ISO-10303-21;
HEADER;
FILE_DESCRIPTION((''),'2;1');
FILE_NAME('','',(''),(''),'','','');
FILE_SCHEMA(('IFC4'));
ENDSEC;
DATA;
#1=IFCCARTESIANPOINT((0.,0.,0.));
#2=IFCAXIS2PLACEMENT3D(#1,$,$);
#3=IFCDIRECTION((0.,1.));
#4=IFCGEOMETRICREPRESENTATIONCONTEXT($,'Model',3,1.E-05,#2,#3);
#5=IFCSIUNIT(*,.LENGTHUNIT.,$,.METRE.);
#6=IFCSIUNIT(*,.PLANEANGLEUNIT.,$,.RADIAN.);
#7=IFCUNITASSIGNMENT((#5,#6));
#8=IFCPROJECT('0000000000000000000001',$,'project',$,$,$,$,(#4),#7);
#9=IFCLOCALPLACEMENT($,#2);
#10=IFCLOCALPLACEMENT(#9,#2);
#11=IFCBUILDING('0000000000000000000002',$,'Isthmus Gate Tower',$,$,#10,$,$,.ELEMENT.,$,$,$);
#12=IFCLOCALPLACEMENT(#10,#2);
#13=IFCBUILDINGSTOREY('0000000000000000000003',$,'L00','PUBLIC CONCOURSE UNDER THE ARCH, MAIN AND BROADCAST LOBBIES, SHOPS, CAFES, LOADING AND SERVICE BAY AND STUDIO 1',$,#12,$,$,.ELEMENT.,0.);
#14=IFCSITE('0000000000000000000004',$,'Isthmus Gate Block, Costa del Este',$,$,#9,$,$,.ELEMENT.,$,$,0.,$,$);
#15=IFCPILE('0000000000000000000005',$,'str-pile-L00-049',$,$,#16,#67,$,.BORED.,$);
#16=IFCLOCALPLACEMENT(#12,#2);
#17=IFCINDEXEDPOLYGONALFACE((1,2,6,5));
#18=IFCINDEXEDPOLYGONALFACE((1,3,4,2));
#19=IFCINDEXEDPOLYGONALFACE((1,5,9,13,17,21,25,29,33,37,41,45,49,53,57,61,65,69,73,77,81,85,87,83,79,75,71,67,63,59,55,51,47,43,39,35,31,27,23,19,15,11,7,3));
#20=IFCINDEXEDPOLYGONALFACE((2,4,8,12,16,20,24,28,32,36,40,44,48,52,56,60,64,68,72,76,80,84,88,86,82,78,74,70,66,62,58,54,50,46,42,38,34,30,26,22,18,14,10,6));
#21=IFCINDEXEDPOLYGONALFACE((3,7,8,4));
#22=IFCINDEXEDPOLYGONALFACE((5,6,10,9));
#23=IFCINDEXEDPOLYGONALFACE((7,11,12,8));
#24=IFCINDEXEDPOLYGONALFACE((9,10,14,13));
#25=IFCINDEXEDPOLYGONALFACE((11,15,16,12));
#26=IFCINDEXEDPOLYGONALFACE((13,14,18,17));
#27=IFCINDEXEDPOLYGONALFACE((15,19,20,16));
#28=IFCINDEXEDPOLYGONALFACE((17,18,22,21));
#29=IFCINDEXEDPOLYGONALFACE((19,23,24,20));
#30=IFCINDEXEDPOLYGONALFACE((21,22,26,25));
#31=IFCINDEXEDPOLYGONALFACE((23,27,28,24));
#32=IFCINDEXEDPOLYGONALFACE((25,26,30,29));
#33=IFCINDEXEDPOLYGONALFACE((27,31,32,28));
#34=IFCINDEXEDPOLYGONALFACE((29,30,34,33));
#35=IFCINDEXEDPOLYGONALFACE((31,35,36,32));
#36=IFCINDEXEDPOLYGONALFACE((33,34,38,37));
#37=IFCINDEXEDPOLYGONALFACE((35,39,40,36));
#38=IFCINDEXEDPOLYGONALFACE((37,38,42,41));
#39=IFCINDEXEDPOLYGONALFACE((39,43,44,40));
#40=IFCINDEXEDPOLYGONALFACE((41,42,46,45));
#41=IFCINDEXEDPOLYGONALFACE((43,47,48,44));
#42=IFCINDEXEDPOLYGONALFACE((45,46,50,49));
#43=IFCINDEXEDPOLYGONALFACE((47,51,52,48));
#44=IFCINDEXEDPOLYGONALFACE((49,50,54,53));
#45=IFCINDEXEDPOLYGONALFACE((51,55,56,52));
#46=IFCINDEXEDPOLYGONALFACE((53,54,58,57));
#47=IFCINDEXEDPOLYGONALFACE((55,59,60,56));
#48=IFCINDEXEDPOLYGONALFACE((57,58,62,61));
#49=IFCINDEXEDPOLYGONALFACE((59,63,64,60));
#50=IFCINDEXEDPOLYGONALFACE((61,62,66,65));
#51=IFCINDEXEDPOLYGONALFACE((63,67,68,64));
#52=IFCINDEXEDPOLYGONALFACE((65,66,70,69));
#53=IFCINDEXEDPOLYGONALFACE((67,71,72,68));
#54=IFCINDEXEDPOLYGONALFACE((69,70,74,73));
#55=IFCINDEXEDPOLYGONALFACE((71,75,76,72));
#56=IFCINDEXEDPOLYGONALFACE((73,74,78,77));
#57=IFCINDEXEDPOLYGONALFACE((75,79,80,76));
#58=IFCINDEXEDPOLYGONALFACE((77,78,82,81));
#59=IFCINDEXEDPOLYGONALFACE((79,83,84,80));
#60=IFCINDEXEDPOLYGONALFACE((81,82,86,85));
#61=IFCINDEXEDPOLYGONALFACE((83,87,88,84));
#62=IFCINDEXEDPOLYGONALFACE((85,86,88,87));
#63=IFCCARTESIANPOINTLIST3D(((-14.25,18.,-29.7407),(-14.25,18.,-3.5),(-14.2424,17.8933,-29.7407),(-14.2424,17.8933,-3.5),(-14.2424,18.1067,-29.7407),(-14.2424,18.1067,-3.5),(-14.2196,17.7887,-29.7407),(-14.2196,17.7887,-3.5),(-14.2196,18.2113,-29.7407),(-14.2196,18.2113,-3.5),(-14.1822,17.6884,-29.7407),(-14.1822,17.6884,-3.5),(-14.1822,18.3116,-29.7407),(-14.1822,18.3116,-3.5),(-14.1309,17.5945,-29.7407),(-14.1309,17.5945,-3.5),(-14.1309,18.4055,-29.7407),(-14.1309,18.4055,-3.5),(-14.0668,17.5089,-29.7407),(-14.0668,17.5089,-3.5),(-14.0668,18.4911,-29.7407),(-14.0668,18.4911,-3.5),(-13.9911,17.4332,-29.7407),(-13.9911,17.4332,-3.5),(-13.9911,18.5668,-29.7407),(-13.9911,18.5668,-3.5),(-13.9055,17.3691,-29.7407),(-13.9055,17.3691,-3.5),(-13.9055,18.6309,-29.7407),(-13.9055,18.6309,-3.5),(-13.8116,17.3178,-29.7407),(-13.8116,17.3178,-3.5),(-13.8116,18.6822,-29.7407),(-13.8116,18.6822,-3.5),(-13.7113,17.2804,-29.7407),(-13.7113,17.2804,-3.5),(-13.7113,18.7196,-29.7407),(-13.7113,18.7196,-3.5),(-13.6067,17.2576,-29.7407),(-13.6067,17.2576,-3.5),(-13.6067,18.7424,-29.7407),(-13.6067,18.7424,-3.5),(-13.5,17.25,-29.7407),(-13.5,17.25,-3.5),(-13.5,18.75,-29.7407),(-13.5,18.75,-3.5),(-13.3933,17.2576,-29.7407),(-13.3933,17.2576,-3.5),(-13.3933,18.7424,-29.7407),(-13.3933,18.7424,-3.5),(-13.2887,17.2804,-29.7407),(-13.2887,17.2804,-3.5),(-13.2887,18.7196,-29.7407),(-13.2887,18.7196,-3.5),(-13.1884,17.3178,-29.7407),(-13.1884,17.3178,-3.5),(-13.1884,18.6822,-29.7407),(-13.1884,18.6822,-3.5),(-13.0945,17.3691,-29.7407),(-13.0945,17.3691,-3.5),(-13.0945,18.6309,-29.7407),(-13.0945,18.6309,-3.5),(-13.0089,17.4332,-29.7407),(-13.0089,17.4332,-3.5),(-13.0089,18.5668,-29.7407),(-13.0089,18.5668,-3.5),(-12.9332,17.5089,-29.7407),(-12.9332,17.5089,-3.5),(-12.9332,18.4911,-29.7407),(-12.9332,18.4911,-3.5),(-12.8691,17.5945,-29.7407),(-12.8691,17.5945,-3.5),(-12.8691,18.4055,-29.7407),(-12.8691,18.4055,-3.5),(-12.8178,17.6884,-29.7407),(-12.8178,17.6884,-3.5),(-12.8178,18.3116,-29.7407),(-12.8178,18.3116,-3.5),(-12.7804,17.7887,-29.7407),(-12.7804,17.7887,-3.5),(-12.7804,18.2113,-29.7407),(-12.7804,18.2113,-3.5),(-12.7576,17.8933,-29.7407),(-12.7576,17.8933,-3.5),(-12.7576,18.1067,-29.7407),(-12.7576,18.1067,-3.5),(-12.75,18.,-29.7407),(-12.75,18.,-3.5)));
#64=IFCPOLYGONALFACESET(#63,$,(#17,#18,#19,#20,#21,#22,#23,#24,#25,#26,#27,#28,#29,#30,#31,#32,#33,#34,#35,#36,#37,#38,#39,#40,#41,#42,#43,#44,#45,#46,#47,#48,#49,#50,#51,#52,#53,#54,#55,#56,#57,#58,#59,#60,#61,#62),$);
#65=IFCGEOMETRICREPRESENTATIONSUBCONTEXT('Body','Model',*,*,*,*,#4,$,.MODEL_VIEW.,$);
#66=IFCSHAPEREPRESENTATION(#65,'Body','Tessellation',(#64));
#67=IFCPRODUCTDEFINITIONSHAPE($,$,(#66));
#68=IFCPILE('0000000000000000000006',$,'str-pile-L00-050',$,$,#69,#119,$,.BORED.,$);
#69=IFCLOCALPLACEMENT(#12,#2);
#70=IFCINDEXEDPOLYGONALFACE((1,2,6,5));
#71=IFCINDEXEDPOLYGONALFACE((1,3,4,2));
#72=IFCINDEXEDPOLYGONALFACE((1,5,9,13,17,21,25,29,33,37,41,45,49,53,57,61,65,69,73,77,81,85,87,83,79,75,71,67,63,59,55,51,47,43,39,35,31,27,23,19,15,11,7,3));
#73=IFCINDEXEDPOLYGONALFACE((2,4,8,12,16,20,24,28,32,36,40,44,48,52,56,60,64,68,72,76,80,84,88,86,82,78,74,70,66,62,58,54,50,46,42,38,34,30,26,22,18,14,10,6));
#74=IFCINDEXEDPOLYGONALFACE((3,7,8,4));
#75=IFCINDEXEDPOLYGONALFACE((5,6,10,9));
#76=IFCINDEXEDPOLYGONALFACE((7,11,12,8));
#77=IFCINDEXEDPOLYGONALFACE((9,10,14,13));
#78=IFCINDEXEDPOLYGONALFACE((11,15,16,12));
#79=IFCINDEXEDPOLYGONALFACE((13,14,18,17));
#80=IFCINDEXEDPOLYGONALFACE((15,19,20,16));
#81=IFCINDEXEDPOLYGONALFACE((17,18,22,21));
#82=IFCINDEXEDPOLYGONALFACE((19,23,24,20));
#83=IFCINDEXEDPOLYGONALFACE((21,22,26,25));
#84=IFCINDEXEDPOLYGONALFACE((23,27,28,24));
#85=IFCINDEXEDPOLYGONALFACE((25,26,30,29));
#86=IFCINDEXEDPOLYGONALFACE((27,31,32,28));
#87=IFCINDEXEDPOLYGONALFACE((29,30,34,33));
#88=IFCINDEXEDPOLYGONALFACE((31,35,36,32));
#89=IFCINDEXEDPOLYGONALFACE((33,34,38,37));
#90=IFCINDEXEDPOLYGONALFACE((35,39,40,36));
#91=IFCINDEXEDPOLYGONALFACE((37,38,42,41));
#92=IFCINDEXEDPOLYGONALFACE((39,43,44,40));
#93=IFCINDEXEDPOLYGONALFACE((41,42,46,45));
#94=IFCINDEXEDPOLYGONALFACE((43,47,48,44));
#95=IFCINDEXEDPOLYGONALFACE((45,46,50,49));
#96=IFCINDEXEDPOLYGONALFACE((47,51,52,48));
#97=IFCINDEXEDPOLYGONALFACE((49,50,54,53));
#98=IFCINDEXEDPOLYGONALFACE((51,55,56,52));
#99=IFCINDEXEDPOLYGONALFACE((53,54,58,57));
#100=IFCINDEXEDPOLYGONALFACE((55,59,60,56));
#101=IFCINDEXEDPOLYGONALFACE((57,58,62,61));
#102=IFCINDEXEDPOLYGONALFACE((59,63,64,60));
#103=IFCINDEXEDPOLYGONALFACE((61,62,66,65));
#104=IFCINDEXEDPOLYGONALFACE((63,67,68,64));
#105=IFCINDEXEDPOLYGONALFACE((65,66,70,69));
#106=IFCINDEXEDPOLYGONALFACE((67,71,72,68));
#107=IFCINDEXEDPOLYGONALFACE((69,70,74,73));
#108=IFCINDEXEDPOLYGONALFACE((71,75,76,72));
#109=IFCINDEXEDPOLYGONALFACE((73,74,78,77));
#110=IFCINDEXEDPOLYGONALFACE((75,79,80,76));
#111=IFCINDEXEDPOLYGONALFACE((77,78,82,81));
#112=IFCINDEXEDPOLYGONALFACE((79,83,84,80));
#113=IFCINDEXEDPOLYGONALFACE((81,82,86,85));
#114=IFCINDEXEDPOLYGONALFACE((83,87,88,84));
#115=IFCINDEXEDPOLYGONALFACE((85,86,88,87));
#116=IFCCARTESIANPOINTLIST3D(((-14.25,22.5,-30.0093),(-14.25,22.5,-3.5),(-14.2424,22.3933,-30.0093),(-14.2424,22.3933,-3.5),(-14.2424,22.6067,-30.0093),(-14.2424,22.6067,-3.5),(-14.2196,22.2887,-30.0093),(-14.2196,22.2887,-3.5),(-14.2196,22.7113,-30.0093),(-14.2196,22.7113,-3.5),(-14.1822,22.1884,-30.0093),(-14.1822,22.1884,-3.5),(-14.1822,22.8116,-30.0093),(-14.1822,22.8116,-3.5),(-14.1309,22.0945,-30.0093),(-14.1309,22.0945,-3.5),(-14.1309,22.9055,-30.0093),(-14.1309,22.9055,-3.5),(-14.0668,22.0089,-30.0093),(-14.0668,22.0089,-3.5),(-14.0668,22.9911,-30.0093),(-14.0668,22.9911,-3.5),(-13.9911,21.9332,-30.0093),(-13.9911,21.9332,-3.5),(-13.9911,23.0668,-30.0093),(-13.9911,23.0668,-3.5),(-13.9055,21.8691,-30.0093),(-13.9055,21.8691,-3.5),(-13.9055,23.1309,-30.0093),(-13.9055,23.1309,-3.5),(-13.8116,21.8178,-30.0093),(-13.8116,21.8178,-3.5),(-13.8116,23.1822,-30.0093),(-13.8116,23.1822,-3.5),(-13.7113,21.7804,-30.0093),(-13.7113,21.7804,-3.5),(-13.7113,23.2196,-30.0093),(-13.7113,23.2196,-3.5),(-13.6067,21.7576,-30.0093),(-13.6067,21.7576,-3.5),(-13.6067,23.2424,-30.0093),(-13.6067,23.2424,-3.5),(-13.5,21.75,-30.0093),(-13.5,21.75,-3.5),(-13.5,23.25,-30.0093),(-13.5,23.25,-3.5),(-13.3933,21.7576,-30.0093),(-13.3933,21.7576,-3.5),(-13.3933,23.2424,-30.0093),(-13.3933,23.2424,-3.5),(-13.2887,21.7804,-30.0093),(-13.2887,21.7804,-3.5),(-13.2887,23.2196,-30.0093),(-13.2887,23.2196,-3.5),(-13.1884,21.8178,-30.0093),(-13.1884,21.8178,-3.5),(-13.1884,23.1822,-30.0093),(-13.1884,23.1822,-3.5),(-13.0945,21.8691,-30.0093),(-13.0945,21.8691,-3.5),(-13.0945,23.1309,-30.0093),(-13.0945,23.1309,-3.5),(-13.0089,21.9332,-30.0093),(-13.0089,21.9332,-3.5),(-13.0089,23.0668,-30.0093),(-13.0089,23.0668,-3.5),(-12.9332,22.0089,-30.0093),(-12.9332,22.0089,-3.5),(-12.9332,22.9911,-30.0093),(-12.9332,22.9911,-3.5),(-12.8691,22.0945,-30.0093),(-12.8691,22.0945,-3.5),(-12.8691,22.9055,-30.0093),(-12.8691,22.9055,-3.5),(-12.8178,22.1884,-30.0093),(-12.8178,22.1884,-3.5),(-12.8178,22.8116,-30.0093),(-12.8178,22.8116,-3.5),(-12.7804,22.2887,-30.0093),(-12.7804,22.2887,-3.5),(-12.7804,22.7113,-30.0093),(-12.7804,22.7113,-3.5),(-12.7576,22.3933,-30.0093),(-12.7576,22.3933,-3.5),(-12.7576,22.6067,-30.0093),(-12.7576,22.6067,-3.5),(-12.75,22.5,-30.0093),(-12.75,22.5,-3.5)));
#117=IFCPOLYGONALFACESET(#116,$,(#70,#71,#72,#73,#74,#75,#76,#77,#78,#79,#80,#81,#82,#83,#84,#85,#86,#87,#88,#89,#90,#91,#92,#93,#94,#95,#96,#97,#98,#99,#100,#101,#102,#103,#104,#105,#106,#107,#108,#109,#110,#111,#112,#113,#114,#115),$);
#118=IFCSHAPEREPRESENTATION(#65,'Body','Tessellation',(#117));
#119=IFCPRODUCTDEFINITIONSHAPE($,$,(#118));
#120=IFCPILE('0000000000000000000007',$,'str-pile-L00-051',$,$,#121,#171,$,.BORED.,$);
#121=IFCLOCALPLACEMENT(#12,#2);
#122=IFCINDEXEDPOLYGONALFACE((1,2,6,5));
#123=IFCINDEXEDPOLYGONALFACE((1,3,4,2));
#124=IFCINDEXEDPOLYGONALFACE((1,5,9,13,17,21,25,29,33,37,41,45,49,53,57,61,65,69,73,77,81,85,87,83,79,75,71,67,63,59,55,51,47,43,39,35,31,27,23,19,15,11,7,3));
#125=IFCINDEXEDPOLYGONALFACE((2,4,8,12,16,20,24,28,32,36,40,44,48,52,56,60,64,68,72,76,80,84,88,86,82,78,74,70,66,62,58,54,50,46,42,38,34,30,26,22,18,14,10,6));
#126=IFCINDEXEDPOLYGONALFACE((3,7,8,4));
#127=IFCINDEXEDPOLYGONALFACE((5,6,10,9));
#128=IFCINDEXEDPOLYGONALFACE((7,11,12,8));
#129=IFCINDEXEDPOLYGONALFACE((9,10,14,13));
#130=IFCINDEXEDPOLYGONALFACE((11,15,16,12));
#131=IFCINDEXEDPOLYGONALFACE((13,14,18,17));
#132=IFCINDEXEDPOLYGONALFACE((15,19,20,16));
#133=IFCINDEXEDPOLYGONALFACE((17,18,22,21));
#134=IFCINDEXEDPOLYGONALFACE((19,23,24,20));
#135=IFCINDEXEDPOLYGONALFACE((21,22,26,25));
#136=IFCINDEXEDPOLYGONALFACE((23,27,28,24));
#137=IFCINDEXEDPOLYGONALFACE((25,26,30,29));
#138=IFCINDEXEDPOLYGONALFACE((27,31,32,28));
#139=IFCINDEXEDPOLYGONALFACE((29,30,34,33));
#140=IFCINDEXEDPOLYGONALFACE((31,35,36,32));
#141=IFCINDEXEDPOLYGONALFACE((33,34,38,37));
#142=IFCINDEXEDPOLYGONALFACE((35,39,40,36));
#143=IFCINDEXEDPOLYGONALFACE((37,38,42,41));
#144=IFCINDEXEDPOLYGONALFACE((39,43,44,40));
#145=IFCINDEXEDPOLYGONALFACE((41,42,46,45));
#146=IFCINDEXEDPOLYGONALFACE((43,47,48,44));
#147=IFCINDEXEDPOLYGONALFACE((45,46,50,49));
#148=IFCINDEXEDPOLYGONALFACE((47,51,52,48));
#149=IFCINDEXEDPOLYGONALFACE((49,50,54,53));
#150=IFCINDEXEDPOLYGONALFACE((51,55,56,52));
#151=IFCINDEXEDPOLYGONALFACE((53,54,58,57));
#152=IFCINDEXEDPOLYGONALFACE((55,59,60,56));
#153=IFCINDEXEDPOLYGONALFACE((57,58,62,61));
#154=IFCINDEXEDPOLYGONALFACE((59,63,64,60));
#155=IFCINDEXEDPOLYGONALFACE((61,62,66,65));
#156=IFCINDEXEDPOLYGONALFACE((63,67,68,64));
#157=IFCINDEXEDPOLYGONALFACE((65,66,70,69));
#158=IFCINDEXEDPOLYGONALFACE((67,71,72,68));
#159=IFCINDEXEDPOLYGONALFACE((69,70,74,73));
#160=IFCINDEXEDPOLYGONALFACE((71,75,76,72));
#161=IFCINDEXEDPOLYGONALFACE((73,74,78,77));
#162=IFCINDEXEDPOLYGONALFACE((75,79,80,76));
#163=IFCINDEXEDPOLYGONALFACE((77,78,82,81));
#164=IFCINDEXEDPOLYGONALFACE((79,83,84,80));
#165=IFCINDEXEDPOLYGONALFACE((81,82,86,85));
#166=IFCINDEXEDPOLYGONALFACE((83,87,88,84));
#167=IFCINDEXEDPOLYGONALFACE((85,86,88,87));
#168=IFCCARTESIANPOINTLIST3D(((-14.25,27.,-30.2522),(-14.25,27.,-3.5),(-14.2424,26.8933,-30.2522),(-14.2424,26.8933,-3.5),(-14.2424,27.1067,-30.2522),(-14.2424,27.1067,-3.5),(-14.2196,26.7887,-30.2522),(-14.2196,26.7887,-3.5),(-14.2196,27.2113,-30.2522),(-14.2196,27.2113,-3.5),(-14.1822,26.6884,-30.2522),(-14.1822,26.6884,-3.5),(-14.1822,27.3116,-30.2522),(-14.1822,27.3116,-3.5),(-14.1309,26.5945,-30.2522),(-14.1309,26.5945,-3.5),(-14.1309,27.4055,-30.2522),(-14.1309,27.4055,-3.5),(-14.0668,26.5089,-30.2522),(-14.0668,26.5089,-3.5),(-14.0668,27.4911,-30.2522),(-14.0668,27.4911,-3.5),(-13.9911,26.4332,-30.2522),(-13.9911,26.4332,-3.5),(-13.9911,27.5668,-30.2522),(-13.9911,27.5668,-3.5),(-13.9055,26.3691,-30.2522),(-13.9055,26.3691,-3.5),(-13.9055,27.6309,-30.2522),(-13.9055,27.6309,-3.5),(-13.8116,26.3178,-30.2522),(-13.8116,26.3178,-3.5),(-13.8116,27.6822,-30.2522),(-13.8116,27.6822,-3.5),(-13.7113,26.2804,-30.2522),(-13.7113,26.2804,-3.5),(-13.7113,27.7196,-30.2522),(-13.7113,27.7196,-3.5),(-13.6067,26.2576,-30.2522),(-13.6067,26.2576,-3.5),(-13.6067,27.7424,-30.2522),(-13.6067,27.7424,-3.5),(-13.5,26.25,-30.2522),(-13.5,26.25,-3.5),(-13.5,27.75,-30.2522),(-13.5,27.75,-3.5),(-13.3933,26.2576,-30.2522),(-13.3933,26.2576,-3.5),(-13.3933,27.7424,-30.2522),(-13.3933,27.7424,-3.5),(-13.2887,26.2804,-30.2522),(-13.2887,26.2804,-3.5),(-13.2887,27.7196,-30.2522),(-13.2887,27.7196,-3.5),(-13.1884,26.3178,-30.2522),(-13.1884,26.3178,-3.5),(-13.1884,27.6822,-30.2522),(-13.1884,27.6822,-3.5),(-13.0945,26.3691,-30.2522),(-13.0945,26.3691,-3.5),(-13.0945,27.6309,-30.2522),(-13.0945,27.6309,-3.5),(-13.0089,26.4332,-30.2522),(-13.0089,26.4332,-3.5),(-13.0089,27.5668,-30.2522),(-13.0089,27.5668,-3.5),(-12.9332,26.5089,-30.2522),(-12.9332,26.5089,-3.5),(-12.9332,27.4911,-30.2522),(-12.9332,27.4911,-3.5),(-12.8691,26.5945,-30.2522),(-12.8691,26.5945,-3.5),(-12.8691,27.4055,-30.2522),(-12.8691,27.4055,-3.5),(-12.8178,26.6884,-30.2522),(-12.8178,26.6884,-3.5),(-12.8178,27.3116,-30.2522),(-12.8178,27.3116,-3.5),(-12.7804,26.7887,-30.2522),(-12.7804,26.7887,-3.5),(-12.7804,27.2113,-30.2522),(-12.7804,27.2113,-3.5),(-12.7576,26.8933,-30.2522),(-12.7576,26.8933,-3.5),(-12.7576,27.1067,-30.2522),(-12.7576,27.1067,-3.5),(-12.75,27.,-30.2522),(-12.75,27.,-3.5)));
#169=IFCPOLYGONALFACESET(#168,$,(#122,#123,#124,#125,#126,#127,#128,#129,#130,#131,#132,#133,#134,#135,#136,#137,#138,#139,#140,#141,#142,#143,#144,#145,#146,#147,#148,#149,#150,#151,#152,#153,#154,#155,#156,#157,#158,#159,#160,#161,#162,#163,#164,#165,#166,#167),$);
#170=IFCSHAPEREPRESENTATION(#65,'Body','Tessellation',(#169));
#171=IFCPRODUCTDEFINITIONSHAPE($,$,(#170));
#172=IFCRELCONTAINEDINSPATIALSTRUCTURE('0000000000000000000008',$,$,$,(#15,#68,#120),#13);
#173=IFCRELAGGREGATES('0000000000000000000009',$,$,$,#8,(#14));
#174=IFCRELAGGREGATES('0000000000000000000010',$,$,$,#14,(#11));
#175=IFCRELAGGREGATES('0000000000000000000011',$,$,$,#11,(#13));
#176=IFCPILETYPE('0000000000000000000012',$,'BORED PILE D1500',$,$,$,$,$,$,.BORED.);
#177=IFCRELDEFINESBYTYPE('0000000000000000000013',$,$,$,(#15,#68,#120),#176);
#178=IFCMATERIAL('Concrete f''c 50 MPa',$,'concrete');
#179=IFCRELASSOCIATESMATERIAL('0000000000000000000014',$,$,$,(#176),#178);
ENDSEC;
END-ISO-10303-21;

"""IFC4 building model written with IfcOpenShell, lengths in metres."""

from ifc_helpers import new_model, si_unit, direction, frame, origin, origin_2d, place, context, subcontext, project, spatial, circle, extrude, material, material_profile, profile_set, type_object, element, save


model = new_model("IFC4")

# Units and contexts
model_context = context("Model", 3, precision=1e-05, world=origin(), true_north=direction((0.0, 1.0)))
body_context = subcontext(model_context, "Body", "Model", "MODEL_VIEW")
ifc_project = project(units=[si_unit("LENGTHUNIT", "METRE"), si_unit("PLANEANGLEUNIT", "RADIAN")], contexts=[model_context])

# Site, building, storey
site_placement = place(None, origin())
site = spatial("IfcSite", under=ifc_project, at=site_placement, Name="Isthmus Gate Block, Costa del Este", CompositionType="ELEMENT", RefElevation=0.0)
building_placement = place(site_placement, origin())
building = spatial("IfcBuilding", under=site, at=building_placement, Name="Isthmus Gate Tower", CompositionType="ELEMENT")
storey_placement = place(building_placement, origin())
storey = spatial("IfcBuildingStorey", under=building, at=storey_placement, Name="L00", Description="PUBLIC CONCOURSE UNDER THE ARCH, MAIN AND BROADCAST LOBBIES, SHOPS, CAFES, LOADING AND SERVICE BAY AND STUDIO 1", CompositionType="ELEMENT", Elevation=0.0)

# Piles
ifc_material_1 = material(Name="Concrete f'c 50 MPa", Category="concrete")
ifc_material_profile = material_profile(ifc_material_1, circle(Radius=0.75, at=origin_2d()), Name="D1500")
ifc_profile_set = profile_set([ifc_material_profile], Name="Concrete f'c 50 MPa")
pile_type = type_object("IfcPileType", Name="BORED PILE D1500", PredefinedType="BORED", material=ifc_profile_set)
pile_1_placement = place(storey_placement, frame((-13.5, 18.0, -3.5), z_axis=(0.0, 0.0, -1.0), x_axis=(1.0, 0.0, 0.0)))
element("IfcPile", 1, at=pile_1_placement, inside=storey, type_object=pile_type, Name="str-pile-L00-049", PredefinedType="BORED", context=body_context, shape_type="SweptSolid", body=[
    extrude(circle(Radius=0.75, at=origin_2d()), origin(), (0.0, 0.0, 1.0), 26.2407),
])
pile_2_placement = place(storey_placement, frame((-13.5, 22.5, -3.5), z_axis=(0.0, 0.0, -1.0), x_axis=(1.0, 0.0, 0.0)))
element("IfcPile", 2, at=pile_2_placement, inside=storey, type_object=pile_type, Name="str-pile-L00-050", PredefinedType="BORED", context=body_context, shape_type="SweptSolid", body=[
    extrude(circle(Radius=0.75, at=origin_2d()), origin(), (0.0, 0.0, 1.0), 26.5093),
])
pile_3_placement = place(storey_placement, frame((-13.5, 27.0, -3.5), z_axis=(0.0, 0.0, -1.0), x_axis=(1.0, 0.0, 0.0)))
element("IfcPile", 3, at=pile_3_placement, inside=storey, type_object=pile_type, Name="str-pile-L00-051", PredefinedType="BORED", context=body_context, shape_type="SweptSolid", body=[
    extrude(circle(Radius=0.75, at=origin_2d()), origin(), (0.0, 0.0, 1.0), 26.7522),
])

save(model, "model.ifc")
